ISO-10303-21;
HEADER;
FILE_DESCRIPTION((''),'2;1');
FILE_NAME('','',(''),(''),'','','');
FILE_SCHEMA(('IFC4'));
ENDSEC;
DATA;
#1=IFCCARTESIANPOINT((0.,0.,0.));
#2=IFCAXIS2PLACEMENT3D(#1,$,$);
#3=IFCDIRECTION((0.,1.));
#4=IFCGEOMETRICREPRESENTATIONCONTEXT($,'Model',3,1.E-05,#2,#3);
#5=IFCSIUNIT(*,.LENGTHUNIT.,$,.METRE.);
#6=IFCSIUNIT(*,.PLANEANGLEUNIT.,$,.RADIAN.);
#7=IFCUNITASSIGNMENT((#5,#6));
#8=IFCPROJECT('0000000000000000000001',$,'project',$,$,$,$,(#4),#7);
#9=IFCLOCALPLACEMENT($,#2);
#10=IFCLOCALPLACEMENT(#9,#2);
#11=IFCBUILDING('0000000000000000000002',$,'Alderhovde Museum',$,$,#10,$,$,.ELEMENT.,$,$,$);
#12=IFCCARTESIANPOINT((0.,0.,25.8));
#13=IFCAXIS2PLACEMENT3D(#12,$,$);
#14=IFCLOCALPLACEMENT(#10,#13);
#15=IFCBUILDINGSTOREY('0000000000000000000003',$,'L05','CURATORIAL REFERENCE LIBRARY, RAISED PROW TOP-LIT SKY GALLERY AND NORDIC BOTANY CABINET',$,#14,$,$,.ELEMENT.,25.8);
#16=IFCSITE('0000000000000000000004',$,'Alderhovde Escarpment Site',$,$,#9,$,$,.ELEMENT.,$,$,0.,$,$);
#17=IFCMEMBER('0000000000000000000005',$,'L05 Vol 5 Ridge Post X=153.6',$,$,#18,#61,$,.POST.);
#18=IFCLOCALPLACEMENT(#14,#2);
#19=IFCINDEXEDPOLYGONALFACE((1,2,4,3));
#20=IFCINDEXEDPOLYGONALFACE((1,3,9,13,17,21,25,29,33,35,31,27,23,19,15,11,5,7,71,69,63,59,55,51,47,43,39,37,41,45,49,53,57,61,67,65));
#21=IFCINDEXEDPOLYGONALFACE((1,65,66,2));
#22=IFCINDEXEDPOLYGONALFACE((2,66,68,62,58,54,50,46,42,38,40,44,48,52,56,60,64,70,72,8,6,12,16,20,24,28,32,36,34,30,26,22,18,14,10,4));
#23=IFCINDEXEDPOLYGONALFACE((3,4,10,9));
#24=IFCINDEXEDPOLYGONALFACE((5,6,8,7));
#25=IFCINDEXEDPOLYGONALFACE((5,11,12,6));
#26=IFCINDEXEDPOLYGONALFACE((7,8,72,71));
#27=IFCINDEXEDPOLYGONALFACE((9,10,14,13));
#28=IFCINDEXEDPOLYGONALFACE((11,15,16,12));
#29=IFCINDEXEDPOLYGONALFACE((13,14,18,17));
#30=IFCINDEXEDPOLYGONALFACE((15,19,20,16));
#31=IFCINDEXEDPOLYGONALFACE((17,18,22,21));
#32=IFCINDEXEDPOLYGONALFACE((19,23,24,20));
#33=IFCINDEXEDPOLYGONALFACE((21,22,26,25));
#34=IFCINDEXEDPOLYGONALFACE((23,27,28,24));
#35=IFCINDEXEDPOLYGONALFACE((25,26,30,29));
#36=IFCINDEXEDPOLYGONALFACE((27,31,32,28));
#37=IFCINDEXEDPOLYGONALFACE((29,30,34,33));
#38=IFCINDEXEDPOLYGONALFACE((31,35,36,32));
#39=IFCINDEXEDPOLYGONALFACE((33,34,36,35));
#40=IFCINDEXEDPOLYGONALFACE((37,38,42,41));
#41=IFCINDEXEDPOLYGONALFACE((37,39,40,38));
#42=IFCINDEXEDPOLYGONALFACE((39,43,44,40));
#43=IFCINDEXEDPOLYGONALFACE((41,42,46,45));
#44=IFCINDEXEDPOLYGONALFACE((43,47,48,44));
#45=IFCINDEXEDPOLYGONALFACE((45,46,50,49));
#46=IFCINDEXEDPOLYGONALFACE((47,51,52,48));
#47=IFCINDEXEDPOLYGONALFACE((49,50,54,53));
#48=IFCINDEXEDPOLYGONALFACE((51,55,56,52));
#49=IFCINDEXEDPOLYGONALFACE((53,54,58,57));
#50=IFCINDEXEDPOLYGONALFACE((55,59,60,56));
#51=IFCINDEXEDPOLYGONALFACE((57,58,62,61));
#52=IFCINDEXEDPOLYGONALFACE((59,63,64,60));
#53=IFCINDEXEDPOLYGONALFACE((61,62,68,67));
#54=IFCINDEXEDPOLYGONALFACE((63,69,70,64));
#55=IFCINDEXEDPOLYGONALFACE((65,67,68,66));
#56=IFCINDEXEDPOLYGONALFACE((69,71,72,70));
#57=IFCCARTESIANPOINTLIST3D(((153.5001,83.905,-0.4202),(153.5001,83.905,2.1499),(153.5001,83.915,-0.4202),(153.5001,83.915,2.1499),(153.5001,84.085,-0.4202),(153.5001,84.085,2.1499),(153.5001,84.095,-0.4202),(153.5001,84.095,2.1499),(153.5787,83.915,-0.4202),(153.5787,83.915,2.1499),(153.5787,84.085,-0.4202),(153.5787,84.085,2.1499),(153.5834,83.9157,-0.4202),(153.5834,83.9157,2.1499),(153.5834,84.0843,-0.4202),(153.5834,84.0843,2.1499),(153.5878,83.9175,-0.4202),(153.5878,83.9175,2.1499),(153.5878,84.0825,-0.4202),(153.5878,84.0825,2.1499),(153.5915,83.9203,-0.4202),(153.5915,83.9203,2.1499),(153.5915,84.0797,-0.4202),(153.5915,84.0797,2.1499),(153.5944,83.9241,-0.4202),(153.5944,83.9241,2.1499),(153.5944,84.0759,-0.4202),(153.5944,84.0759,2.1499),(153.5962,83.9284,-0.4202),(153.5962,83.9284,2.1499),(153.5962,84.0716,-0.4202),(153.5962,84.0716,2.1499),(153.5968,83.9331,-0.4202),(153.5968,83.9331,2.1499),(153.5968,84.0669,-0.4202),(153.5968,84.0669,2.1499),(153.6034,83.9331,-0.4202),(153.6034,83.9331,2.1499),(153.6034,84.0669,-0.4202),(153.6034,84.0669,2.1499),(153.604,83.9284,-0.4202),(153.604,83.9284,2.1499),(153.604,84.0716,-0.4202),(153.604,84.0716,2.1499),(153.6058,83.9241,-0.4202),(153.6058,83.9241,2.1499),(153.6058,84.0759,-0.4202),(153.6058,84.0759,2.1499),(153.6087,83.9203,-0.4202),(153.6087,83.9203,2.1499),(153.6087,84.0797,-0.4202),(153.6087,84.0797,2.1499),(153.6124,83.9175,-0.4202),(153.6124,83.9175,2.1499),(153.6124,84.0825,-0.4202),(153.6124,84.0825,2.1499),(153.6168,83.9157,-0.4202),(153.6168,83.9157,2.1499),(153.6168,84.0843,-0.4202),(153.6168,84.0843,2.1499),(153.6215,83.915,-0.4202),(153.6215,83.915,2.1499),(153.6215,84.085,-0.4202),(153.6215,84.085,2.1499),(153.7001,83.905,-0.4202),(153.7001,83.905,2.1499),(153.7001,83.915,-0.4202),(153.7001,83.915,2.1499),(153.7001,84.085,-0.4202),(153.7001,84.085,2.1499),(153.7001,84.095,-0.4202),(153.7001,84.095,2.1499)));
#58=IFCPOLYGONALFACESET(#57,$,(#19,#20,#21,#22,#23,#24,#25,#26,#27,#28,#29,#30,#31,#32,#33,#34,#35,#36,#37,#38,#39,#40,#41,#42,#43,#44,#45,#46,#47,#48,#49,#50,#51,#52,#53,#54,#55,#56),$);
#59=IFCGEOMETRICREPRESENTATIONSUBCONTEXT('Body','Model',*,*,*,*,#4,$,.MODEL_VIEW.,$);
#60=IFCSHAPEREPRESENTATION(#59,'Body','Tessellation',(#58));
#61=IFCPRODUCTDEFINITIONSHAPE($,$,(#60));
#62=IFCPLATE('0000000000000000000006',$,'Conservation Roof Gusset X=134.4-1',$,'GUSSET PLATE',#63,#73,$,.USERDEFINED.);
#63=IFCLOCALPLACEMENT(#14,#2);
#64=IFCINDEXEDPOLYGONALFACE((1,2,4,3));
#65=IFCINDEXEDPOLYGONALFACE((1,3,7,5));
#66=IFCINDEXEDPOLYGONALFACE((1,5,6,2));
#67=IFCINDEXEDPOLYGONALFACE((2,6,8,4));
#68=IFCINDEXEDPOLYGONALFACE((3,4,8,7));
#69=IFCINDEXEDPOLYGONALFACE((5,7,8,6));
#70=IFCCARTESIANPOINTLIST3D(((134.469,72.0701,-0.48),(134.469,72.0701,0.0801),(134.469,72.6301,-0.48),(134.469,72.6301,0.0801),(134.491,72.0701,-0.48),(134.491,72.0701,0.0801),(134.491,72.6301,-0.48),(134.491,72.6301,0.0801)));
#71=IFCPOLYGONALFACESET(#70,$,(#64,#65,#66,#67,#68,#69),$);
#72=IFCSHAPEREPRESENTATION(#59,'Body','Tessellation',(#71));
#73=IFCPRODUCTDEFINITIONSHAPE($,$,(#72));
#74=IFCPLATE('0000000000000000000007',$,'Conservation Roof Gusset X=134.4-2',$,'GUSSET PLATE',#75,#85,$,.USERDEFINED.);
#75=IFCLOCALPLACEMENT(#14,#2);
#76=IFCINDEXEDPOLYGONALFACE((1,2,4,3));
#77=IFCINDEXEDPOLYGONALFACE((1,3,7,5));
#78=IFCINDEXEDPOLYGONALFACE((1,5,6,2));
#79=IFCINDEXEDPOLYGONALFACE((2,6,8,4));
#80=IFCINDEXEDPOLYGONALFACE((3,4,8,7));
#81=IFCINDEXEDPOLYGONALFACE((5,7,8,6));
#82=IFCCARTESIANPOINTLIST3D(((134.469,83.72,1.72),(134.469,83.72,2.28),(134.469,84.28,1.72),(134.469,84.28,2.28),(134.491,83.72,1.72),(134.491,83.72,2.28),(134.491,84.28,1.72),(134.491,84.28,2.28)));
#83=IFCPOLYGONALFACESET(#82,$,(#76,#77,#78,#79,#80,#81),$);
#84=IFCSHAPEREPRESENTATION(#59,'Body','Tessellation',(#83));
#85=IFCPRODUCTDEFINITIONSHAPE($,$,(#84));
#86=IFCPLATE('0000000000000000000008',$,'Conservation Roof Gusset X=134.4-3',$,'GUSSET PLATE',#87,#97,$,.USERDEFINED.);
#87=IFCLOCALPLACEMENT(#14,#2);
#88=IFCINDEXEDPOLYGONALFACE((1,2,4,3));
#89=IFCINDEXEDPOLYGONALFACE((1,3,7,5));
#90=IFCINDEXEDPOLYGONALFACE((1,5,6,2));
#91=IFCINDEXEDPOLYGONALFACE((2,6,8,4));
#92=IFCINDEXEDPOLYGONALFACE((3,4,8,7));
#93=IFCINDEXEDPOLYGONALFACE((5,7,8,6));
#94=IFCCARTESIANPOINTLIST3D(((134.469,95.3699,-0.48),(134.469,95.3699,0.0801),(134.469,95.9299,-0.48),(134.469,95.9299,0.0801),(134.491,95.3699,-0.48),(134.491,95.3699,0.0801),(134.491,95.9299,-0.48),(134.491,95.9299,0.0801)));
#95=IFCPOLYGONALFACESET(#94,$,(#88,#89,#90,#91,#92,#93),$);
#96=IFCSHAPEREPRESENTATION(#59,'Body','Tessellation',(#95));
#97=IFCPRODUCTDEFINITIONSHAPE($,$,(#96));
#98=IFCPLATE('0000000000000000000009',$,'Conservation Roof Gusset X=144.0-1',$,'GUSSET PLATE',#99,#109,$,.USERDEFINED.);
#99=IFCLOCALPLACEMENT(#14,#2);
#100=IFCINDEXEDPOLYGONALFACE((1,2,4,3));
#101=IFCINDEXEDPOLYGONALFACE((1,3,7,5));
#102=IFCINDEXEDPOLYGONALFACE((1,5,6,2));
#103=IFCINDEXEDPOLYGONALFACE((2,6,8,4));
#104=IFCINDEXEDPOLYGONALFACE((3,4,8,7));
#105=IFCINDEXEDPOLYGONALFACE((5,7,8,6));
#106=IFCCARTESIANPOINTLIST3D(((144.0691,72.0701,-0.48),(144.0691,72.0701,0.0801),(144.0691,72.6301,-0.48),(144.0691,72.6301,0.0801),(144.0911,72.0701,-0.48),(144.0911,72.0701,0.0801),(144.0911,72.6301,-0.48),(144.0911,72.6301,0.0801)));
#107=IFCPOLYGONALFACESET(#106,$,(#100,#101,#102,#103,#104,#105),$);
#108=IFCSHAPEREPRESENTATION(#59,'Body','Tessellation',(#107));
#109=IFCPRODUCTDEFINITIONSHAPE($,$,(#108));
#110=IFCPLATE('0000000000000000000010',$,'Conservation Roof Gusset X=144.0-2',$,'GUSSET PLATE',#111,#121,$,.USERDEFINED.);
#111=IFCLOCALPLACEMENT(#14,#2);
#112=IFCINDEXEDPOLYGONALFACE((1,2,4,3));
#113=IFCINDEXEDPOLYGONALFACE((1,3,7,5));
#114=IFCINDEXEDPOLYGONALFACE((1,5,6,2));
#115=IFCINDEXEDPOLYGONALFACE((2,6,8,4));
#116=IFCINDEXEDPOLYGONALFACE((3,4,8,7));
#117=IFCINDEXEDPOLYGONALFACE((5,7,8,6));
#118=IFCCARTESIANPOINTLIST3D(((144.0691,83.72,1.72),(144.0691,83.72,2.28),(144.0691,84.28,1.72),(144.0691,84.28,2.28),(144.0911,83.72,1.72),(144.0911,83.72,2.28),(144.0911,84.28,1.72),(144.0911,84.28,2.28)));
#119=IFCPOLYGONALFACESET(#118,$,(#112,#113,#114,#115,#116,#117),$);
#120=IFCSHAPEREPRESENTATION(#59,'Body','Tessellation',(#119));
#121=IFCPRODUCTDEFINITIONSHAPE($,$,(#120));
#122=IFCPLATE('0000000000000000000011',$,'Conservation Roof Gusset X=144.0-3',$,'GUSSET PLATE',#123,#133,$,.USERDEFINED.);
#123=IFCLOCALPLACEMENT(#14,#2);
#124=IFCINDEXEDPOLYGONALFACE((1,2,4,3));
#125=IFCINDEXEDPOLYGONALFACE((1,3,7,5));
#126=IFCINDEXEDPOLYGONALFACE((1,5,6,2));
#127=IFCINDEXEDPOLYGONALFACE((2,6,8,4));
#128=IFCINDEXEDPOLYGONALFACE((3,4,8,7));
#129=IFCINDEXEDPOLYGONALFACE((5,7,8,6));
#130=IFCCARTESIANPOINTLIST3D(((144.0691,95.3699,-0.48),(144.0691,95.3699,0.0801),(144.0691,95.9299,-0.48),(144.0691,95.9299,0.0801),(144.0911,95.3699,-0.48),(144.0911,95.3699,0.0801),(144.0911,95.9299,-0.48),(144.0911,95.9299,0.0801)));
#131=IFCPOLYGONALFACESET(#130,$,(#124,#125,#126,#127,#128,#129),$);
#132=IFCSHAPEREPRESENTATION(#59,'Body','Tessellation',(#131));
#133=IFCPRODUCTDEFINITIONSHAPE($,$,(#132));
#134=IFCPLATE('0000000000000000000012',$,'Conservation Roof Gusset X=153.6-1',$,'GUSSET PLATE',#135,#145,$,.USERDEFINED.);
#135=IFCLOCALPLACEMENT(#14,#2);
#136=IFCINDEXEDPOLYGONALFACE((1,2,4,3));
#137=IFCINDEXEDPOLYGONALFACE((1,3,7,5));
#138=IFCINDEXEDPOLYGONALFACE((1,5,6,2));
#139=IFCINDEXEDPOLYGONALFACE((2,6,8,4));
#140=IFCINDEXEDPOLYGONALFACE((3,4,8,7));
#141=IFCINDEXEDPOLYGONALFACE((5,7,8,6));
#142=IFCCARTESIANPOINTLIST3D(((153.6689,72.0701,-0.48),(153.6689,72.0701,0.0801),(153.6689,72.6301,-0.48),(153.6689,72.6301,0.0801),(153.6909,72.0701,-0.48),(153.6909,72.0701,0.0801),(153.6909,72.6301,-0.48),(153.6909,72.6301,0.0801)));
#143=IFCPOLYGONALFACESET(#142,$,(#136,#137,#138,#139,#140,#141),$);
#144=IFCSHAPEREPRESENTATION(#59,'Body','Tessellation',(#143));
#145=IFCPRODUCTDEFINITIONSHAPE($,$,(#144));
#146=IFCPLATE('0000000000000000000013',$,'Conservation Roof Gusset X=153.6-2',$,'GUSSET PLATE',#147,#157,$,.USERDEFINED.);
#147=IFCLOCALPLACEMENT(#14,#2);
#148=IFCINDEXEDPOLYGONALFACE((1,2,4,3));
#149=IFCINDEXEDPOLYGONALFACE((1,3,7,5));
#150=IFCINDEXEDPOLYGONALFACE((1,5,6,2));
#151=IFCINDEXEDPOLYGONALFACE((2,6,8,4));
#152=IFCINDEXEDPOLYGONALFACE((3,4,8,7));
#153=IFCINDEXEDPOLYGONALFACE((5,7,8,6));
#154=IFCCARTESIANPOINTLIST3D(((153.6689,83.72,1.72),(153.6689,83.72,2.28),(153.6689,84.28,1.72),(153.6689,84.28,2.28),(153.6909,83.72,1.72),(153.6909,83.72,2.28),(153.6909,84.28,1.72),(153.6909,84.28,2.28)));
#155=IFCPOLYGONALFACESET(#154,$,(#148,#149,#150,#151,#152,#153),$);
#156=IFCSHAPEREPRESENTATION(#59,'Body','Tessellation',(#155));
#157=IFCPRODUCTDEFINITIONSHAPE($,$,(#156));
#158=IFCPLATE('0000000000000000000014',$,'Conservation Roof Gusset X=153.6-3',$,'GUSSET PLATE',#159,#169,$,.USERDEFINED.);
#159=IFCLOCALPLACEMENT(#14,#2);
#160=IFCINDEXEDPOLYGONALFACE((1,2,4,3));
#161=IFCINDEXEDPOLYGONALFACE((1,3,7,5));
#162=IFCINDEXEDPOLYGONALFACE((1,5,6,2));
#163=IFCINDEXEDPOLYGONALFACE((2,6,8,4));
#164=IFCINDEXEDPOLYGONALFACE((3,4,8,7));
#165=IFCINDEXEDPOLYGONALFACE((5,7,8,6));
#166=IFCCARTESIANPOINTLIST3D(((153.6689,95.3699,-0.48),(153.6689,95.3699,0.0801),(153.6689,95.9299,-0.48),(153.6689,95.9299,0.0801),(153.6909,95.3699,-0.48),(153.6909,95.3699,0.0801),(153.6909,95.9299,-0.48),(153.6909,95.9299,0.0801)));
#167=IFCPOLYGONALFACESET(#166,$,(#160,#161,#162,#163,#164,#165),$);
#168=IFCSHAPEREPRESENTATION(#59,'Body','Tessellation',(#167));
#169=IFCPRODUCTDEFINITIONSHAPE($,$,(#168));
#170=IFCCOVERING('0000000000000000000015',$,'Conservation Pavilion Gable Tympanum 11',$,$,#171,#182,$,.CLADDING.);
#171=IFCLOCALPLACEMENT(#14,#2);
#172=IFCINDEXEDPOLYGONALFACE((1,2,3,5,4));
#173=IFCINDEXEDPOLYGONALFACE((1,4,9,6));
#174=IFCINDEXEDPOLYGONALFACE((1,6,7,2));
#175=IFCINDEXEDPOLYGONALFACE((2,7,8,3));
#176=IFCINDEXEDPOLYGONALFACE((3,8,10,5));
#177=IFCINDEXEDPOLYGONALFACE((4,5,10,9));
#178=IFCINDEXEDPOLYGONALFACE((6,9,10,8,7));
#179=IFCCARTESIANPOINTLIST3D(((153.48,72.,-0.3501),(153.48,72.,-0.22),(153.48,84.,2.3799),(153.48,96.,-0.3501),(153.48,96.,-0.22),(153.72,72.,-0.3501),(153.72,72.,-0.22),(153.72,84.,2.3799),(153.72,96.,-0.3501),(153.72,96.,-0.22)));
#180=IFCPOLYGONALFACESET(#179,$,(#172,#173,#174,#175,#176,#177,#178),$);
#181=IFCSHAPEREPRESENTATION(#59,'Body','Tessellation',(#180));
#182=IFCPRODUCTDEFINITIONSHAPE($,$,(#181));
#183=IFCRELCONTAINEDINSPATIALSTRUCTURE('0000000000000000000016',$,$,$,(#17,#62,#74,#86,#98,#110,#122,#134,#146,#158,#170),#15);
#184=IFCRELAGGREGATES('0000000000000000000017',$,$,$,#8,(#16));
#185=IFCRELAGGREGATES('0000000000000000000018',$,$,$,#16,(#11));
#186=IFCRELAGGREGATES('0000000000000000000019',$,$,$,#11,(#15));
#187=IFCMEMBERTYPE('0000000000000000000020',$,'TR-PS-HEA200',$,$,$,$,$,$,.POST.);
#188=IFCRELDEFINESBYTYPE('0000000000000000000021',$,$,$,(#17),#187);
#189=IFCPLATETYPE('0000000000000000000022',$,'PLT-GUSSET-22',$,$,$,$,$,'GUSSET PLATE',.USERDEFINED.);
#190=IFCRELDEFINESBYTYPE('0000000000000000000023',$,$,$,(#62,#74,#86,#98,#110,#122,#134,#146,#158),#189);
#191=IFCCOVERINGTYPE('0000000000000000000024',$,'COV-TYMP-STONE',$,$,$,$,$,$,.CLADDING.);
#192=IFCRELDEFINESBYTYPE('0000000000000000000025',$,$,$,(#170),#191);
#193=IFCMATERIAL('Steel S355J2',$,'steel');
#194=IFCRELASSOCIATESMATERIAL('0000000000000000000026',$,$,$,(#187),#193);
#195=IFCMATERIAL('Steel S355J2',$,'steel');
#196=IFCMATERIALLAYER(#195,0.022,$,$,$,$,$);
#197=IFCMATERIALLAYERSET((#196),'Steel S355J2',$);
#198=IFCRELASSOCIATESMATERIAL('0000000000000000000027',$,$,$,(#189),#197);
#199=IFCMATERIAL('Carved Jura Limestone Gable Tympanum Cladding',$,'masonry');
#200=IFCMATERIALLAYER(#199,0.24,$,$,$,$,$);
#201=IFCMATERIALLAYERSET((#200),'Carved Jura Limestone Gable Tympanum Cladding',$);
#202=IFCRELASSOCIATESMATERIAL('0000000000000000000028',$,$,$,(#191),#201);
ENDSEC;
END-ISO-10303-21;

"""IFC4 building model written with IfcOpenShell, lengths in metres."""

from ifc_helpers import new_model, si_unit, direction, frame, origin, origin_2d, place, context, subcontext, project, spatial, polyline, rectangle, i_section, outline, extrude, material, layer, layer_set, material_profile, profile_set, type_object, element, save


model = new_model("IFC4")

# Units and contexts
model_context = context("Model", 3, precision=1e-05, world=origin(), true_north=direction((0.0, 1.0)))
body_context = subcontext(model_context, "Body", "Model", "MODEL_VIEW")
ifc_project = project(units=[si_unit("LENGTHUNIT", "METRE"), si_unit("PLANEANGLEUNIT", "RADIAN")], contexts=[model_context])

# Site, building, storey
site_placement = place(None, origin())
site = spatial("IfcSite", under=ifc_project, at=site_placement, Name="Alderhovde Escarpment Site", CompositionType="ELEMENT", RefElevation=0.0)
building_placement = place(site_placement, origin())
building = spatial("IfcBuilding", under=site, at=building_placement, Name="Alderhovde Museum", CompositionType="ELEMENT")
storey_placement = place(building_placement, frame((0.0, 0.0, 25.8)))
storey = spatial("IfcBuildingStorey", under=building, at=storey_placement, Name="L05", Description="CURATORIAL REFERENCE LIBRARY, RAISED PROW TOP-LIT SKY GALLERY AND NORDIC BOTANY CABINET", CompositionType="ELEMENT", Elevation=25.8)

# Member
ifc_material_1 = material(Name="Steel S355J2", Category="steel")
ifc_material_profile_1 = material_profile(ifc_material_1, i_section(OverallWidth=0.2, OverallDepth=0.1899, WebThickness=0.0066, FlangeThickness=0.01, FilletRadius=0.0181, at=origin_2d()), Name="HEA 200")
ifc_profile_set_1 = profile_set([ifc_material_profile_1], Name="Steel S355J2")
member_type_1 = type_object("IfcMemberType", Name="TR-PS-HEA200", PredefinedType="POST", material=ifc_profile_set_1)
for number, where, z_axis, x_axis, name in (
    (1, (153.6001, 84.0, -0.4202), (0.0, 0.0, 1.0), (1.0, 0.0, 0.0), "L05 Vol 5 Ridge Post X=153.6"),
):
    element("IfcMember", number, at=place(storey_placement, frame(where, z_axis=z_axis, x_axis=x_axis)), inside=storey, type_object=member_type_1, Name=name, PredefinedType="POST", context=body_context, shape_type="SweptSolid", body=[
        extrude(i_section(OverallWidth=0.2, OverallDepth=0.1899, WebThickness=0.0066, FlangeThickness=0.01, FilletRadius=0.0181, at=origin_2d()), origin(), (0.0, 0.0, 1.0), 2.5701),
    ])

# Plates
ifc_material_2 = material(Name="Steel S355J2", Category="steel")
ifc_layer_1 = layer(ifc_material_2, 0.022)
ifc_layer_set_1 = layer_set([ifc_layer_1], Name="Steel S355J2")
plate_type = type_object("IfcPlateType", Name="PLT-GUSSET-22", ElementType="GUSSET PLATE", PredefinedType="USERDEFINED", material=ifc_layer_set_1)
for number, where, z_axis, x_axis, name in (
    (2, (134.48, 72.3501, -0.48), (0.0, 0.0, 1.0), (1.0, 0.0, 0.0), "Conservation Roof Gusset X=134.4-1"),
    (3, (134.48, 84.0, 1.72), (0.0, 0.0, 1.0), (1.0, 0.0, 0.0), "Conservation Roof Gusset X=134.4-2"),
    (4, (134.48, 95.6499, -0.48), (0.0, 0.0, 1.0), (1.0, 0.0, 0.0), "Conservation Roof Gusset X=134.4-3"),
    (5, (144.0801, 72.3501, -0.48), (0.0, 0.0, 1.0), (1.0, 0.0, 0.0), "Conservation Roof Gusset X=144.0-1"),
    (6, (144.0801, 84.0, 1.72), (0.0, 0.0, 1.0), (1.0, 0.0, 0.0), "Conservation Roof Gusset X=144.0-2"),
    (7, (144.0801, 95.6499, -0.48), (0.0, 0.0, 1.0), (1.0, 0.0, 0.0), "Conservation Roof Gusset X=144.0-3"),
    (8, (153.6799, 72.3501, -0.48), (0.0, 0.0, 1.0), (1.0, 0.0, 0.0), "Conservation Roof Gusset X=153.6-1"),
    (9, (153.6799, 84.0, 1.72), (0.0, 0.0, 1.0), (1.0, 0.0, 0.0), "Conservation Roof Gusset X=153.6-2"),
    (10, (153.6799, 95.6499, -0.48), (0.0, 0.0, 1.0), (1.0, 0.0, 0.0), "Conservation Roof Gusset X=153.6-3"),
):
    element("IfcPlate", number, at=place(storey_placement, frame(where, z_axis=z_axis, x_axis=x_axis)), inside=storey, type_object=plate_type, Name=name, ObjectType="GUSSET PLATE", PredefinedType="USERDEFINED", context=body_context, shape_type="SweptSolid", body=[
        extrude(rectangle(XDim=0.022, YDim=0.5601, at=origin_2d()), origin(), (0.0, 0.0, 1.0), 0.5601),
    ])

# Covering
ifc_material_3 = material(Name="Carved Jura Limestone Gable Tympanum Cladding", Category="masonry")
ifc_layer_2 = layer(ifc_material_3, 0.24)
ifc_layer_set_2 = layer_set([ifc_layer_2], Name="Carved Jura Limestone Gable Tympanum Cladding")
covering_type = type_object("IfcCoveringType", Name="COV-TYMP-STONE", PredefinedType="CLADDING", material=ifc_layer_set_2)
covering_placement = place(storey_placement, frame((153.6001, 72.0, -0.3501), z_axis=(0.0, 0.0, 1.0), x_axis=(0.0, 1.0, 0.0)))
element("IfcCovering", 11, at=covering_placement, inside=storey, type_object=covering_type, Name="Conservation Pavilion Gable Tympanum 11", PredefinedType="CLADDING", context=body_context, shape_type="SweptSolid", body=[
    extrude(outline(polyline([(0.0, 0.0), (24.0, 0.0), (24.0, 0.1301), (12.0, 2.73), (0.0, 0.1301), (0.0, 0.0)])), frame((0.0, 0.1201, 0.0), z_axis=(0.0, -1.0, 0.0), x_axis=(1.0, 0.0, 0.0)), (0.0, 0.0, 1.0), 0.24),
])

save(model, "model.ifc")
